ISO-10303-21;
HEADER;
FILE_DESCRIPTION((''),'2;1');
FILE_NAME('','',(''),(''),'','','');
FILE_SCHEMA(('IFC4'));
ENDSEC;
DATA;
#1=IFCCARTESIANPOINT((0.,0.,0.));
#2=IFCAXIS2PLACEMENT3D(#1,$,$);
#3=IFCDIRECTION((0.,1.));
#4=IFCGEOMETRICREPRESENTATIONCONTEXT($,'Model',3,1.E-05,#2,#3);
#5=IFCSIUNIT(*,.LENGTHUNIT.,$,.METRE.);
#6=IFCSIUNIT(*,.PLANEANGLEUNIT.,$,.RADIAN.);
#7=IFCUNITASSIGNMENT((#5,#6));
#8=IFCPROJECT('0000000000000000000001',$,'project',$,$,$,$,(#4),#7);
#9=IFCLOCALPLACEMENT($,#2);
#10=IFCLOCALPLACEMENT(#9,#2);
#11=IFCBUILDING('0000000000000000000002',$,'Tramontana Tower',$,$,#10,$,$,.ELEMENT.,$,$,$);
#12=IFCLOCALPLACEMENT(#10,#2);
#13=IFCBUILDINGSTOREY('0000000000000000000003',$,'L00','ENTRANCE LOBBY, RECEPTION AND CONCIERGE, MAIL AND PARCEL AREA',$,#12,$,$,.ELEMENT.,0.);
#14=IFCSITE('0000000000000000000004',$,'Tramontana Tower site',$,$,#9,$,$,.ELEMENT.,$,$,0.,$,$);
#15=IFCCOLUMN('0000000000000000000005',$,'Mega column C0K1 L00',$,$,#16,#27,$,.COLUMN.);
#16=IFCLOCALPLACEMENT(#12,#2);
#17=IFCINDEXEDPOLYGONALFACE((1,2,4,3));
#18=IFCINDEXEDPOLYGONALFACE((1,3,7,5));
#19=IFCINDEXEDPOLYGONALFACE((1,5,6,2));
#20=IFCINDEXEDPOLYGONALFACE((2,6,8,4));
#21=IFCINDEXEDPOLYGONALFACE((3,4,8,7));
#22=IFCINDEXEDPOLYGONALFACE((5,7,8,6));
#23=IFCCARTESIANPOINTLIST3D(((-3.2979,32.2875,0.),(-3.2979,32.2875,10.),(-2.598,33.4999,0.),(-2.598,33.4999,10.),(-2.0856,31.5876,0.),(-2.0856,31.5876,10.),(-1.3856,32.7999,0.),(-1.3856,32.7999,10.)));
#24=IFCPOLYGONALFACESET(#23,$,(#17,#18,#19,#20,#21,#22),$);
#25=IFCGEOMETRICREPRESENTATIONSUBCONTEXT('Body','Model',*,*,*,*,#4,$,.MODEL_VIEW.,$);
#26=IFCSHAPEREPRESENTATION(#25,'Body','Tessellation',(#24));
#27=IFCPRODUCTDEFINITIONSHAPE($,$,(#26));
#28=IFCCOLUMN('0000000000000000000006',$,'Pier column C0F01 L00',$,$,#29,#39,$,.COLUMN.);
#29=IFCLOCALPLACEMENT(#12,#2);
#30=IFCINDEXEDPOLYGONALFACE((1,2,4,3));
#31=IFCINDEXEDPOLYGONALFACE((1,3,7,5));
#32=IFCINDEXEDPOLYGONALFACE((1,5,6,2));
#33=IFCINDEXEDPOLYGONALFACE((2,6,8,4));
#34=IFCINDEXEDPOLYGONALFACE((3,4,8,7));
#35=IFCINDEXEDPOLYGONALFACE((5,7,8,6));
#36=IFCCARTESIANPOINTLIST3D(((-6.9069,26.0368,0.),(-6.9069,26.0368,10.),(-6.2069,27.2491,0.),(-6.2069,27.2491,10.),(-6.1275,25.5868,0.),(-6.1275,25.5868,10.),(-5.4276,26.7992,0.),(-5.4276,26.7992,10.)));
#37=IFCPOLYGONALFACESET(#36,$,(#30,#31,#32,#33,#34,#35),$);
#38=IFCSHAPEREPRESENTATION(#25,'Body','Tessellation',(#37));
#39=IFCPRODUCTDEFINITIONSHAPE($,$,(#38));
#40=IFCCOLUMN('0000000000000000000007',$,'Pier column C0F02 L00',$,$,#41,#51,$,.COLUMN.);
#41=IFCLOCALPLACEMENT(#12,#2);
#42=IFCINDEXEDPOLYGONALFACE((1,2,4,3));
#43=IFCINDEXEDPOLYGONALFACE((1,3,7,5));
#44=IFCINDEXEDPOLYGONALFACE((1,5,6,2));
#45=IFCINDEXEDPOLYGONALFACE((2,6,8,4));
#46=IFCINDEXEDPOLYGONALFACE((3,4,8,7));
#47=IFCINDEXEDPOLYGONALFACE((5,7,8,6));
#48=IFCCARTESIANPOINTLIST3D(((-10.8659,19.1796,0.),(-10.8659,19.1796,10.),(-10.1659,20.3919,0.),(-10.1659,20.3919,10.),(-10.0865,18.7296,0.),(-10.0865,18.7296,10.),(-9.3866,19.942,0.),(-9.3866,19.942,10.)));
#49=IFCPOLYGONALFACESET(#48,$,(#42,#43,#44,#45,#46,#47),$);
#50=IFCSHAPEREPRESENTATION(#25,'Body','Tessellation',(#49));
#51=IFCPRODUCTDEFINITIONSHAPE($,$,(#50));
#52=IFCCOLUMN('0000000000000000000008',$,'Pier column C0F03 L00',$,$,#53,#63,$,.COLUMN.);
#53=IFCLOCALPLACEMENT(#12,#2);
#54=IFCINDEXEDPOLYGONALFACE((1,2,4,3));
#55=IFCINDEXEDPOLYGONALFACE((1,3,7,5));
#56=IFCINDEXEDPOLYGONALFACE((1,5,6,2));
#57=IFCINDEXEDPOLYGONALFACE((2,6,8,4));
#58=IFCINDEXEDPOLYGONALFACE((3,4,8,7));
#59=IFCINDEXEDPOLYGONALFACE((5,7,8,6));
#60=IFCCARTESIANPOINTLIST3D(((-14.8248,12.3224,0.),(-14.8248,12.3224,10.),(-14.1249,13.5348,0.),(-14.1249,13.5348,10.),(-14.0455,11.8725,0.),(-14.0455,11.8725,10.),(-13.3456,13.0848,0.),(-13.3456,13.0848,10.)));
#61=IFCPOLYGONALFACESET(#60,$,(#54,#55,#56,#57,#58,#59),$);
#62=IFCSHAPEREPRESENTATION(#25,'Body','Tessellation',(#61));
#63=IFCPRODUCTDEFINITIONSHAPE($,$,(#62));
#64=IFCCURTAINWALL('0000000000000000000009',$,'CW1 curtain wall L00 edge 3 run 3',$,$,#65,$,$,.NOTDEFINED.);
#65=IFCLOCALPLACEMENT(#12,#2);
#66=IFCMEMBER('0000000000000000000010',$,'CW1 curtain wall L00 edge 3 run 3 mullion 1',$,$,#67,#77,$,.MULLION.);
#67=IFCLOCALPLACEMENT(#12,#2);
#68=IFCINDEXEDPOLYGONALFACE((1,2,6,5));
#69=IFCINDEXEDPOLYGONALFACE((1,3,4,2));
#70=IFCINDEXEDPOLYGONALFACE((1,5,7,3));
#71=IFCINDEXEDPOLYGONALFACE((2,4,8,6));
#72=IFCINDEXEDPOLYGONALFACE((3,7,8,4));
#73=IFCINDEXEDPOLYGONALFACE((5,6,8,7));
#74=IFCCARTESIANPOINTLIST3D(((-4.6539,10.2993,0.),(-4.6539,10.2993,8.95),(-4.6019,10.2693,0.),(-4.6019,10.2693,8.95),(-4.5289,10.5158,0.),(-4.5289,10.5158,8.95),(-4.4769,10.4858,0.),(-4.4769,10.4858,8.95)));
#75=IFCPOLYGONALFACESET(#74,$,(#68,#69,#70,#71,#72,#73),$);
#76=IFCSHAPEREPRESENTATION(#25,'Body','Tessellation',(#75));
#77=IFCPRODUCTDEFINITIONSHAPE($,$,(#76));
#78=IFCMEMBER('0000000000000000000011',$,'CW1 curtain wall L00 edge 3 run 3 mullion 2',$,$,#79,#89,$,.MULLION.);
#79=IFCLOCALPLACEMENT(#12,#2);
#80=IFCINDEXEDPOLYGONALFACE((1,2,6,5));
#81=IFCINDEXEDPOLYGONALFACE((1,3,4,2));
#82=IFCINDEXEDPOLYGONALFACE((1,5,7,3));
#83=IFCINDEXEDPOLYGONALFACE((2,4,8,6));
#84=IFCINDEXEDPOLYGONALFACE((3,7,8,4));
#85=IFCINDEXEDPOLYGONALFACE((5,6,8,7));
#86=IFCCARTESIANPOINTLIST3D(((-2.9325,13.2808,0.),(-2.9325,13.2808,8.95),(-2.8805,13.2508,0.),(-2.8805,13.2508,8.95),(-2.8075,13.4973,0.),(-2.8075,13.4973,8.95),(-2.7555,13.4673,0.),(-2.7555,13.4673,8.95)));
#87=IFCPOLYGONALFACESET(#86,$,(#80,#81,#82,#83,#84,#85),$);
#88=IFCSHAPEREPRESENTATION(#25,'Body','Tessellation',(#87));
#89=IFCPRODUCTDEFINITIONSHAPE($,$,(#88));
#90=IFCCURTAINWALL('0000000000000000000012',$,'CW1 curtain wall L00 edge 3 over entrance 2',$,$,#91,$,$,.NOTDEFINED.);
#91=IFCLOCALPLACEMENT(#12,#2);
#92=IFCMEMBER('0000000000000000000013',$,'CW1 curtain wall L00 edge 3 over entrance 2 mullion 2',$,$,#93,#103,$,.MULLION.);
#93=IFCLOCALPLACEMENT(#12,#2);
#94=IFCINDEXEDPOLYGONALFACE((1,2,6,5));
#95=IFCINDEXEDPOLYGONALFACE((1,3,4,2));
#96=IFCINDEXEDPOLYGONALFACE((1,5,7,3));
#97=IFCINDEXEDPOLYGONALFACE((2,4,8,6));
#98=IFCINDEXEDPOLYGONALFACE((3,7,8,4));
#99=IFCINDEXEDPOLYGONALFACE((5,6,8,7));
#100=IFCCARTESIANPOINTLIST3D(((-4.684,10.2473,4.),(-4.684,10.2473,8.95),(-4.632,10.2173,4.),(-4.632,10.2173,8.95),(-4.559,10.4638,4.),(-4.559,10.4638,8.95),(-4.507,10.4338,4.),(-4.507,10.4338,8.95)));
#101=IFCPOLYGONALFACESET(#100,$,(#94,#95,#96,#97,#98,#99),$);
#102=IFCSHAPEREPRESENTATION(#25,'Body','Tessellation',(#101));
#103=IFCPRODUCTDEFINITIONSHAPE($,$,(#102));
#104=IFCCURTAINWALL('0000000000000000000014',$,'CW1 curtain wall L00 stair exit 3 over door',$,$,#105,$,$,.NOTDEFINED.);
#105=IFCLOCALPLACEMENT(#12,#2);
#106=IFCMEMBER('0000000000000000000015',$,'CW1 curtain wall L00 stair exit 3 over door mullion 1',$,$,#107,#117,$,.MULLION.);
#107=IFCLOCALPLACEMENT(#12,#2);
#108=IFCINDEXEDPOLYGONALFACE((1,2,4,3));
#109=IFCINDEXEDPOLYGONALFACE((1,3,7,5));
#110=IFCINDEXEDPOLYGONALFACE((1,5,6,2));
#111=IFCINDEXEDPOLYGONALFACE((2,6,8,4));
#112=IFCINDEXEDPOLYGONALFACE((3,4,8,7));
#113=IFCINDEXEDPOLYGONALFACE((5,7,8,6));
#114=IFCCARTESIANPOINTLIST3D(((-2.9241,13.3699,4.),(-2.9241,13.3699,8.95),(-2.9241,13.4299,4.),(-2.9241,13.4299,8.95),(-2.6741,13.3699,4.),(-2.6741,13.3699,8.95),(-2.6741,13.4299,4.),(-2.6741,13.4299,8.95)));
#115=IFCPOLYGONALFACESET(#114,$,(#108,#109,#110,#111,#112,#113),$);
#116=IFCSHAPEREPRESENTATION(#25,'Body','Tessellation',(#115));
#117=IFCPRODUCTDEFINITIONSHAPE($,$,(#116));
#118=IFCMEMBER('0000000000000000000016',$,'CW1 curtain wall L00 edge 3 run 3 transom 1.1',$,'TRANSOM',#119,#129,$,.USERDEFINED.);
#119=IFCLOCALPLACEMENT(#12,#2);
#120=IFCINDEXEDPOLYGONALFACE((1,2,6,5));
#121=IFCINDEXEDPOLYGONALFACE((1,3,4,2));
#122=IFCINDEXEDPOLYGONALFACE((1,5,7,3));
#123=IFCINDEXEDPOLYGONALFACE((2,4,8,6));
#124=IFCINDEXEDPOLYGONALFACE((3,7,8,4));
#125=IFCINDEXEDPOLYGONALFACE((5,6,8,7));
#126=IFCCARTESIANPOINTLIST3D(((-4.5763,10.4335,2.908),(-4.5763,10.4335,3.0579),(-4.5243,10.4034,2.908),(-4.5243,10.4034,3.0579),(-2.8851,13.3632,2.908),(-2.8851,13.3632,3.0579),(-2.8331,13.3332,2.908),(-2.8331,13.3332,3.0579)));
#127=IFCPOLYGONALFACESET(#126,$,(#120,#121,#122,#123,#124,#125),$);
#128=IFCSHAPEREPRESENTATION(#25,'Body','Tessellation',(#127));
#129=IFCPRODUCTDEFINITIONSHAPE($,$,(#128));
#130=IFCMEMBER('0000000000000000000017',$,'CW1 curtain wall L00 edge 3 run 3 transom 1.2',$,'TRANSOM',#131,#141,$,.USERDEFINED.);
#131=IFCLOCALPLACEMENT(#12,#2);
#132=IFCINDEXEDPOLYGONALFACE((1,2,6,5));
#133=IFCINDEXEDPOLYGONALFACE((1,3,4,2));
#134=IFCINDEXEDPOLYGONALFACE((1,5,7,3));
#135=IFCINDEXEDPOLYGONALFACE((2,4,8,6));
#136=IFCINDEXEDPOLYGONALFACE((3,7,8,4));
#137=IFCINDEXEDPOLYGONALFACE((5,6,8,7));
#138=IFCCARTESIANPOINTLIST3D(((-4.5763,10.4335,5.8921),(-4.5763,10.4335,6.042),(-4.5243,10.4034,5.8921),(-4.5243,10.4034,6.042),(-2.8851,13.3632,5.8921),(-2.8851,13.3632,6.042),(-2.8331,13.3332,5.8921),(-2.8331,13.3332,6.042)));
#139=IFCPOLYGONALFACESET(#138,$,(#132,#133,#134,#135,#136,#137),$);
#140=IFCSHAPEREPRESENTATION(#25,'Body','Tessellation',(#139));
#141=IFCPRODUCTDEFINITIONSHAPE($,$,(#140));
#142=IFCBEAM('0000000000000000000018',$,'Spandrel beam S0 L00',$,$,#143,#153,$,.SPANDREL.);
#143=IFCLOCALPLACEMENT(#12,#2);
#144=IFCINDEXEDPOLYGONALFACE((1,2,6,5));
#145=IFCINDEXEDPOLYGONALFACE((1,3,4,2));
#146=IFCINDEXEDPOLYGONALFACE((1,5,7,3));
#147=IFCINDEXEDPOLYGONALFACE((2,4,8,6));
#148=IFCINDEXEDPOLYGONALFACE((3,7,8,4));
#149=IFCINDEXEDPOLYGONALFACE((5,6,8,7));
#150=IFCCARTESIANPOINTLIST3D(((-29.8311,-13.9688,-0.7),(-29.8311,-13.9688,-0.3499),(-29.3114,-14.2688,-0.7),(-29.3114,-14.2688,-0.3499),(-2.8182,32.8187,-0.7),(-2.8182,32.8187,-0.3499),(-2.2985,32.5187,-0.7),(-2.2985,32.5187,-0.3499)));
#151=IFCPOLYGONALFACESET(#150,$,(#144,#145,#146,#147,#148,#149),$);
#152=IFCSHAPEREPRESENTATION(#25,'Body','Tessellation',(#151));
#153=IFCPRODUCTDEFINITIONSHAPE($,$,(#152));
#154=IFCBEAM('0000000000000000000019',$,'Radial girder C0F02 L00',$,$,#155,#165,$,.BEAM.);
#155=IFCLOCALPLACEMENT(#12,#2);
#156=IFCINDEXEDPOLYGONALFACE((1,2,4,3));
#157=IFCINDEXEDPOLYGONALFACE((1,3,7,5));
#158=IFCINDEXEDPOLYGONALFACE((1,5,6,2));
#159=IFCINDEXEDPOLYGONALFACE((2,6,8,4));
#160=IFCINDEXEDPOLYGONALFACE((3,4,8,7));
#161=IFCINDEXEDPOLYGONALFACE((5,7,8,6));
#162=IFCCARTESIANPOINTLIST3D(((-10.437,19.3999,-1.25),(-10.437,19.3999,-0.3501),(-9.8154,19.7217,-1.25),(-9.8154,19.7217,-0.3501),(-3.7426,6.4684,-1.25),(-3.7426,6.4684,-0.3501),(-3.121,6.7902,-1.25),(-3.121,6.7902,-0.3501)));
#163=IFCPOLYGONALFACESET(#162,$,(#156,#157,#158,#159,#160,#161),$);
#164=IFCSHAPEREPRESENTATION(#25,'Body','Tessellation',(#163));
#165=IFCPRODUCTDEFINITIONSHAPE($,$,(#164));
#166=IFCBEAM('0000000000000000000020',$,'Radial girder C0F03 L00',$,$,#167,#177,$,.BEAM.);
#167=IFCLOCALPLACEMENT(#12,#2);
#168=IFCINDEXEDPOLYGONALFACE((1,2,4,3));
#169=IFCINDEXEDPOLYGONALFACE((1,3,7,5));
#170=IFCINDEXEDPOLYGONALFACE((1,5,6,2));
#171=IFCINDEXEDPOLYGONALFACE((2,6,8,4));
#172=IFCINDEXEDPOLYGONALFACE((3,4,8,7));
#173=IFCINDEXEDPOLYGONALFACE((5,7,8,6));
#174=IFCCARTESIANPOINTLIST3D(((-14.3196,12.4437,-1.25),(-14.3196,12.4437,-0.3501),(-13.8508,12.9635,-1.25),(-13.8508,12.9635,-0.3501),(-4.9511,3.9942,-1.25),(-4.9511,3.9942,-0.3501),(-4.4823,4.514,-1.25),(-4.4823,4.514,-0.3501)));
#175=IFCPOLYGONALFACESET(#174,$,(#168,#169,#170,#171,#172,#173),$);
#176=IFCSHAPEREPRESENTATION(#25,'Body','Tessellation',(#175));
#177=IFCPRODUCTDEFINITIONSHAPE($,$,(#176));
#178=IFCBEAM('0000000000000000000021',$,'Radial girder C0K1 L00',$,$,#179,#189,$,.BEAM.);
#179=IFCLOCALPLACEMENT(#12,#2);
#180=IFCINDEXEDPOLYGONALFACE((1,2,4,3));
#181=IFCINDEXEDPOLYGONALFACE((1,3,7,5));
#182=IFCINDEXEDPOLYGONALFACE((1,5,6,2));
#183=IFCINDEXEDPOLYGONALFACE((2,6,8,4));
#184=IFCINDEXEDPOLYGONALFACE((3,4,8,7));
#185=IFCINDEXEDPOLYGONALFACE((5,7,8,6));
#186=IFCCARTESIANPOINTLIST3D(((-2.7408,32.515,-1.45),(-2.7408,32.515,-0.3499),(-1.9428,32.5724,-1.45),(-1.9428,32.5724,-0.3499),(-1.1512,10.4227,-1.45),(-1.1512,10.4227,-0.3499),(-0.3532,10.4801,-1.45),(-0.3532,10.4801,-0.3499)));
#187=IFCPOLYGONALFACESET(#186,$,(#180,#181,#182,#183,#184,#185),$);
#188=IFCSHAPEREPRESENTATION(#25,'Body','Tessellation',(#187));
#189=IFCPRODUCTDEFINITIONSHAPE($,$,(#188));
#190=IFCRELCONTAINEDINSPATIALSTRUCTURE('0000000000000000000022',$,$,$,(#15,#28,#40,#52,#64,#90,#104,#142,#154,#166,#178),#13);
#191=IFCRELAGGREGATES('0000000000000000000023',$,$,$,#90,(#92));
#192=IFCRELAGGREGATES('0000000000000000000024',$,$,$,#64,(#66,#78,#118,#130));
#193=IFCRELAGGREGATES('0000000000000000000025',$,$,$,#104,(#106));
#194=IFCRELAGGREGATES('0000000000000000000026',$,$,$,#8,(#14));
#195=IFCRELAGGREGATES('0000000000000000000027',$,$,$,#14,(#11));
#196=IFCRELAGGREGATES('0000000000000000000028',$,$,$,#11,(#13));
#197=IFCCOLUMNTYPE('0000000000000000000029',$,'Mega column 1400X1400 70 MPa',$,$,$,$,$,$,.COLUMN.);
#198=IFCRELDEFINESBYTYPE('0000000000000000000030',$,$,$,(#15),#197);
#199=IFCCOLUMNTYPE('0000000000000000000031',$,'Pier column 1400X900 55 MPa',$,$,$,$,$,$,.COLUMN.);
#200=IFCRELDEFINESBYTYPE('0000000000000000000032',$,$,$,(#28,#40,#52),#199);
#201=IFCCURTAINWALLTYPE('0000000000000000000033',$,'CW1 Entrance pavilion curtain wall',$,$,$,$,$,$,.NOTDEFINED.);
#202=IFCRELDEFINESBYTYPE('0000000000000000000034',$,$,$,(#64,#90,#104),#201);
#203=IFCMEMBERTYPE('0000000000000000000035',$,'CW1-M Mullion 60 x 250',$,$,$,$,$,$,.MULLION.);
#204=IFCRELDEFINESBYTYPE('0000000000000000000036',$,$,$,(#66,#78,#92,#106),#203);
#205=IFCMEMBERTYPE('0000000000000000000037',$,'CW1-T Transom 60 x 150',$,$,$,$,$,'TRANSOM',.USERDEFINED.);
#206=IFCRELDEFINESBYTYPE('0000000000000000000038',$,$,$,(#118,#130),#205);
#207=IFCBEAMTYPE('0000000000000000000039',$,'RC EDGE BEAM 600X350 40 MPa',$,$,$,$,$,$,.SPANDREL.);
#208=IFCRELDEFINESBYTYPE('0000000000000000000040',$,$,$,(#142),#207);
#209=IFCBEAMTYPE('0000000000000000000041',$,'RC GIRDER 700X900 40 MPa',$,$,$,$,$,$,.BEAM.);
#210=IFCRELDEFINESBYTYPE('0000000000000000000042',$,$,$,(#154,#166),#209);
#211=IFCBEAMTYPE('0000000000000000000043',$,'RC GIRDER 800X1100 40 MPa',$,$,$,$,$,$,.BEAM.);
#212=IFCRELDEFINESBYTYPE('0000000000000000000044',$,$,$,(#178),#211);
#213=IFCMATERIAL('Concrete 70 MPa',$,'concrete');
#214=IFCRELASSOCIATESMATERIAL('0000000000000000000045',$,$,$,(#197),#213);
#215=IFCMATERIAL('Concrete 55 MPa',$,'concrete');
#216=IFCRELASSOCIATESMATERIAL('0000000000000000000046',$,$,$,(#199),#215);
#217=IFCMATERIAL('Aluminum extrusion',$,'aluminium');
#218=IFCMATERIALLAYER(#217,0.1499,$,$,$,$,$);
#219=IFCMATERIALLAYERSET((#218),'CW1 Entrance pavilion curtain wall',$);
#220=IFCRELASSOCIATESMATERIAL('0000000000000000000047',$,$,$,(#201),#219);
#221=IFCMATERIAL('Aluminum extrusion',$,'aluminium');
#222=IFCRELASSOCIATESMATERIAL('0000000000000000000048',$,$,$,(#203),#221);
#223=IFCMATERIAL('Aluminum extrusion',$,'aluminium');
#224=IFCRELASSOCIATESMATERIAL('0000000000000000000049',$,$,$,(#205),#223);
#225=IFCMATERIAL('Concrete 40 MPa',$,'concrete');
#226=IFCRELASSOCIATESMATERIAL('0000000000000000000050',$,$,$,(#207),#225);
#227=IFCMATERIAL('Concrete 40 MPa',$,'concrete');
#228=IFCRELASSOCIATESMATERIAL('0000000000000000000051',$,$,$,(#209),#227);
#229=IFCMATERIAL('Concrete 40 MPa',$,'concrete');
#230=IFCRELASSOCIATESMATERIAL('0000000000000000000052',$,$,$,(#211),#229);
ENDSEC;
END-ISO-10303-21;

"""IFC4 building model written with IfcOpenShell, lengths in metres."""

from ifc_helpers import new_model, si_unit, direction, frame, origin, origin_2d, place, context, subcontext, project, spatial, rectangle, extrude, material, layer, layer_set, material_profile, profile_set, type_object, element, aggregate, save


model = new_model("IFC4")

# Units and contexts
model_context = context("Model", 3, precision=1e-05, world=origin(), true_north=direction((0.0, 1.0)))
body_context = subcontext(model_context, "Body", "Model", "MODEL_VIEW")
ifc_project = project(units=[si_unit("LENGTHUNIT", "METRE"), si_unit("PLANEANGLEUNIT", "RADIAN")], contexts=[model_context])

# Site, building, storey
site_placement = place(None, origin())
site = spatial("IfcSite", under=ifc_project, at=site_placement, Name="Tramontana Tower site", CompositionType="ELEMENT", RefElevation=0.0)
building_placement = place(site_placement, origin())
building = spatial("IfcBuilding", under=site, at=building_placement, Name="Tramontana Tower", CompositionType="ELEMENT")
storey_placement = place(building_placement, origin())
storey = spatial("IfcBuildingStorey", under=building, at=storey_placement, Name="L00", Description="ENTRANCE LOBBY, RECEPTION AND CONCIERGE, MAIL AND PARCEL AREA", CompositionType="ELEMENT", Elevation=0.0)

# Columns
ifc_material_1 = material(Name="Concrete 70 MPa", Category="concrete")
ifc_material_profile_1 = material_profile(ifc_material_1, rectangle(XDim=1.3999, YDim=1.3999, at=origin_2d()), Name="Mega column 1400X1400 70 MPa")
ifc_profile_set_1 = profile_set([ifc_material_profile_1], Name="Concrete 70 MPa")
column_type_1 = type_object("IfcColumnType", Name="Mega column 1400X1400 70 MPa", PredefinedType="COLUMN", material=ifc_profile_set_1)
column_placement = place(storey_placement, frame((-2.3418, 32.5437, 0.0), z_axis=(0.0, 0.0, 1.0), x_axis=(-0.5, -0.866025, 0.0)))
element("IfcColumn", 1, at=column_placement, inside=storey, type_object=column_type_1, Name="Mega column C0K1 L00", PredefinedType="COLUMN", context=body_context, shape_type="SweptSolid", body=[
    extrude(rectangle(XDim=1.3999, YDim=1.3999, at=origin_2d()), origin(), (0.0, 0.0, 1.0), 10.0),
])
ifc_material_2 = material(Name="Concrete 55 MPa", Category="concrete")
ifc_material_profile_2 = material_profile(ifc_material_2, rectangle(XDim=1.3999, YDim=0.8999, at=origin_2d()), Name="Pier column 1400X900 55 MPa")
ifc_profile_set_2 = profile_set([ifc_material_profile_2], Name="Concrete 55 MPa")
column_type_2 = type_object("IfcColumnType", Name="Pier column 1400X900 55 MPa", PredefinedType="COLUMN", material=ifc_profile_set_2)
for number, where, z_axis, x_axis, name in (
    (2, (-6.1672, 26.418, 0.0), (0.0, 0.0, 1.0), (-0.5, -0.866025, 0.0), "Pier column C0F01 L00"),
    (3, (-10.1262, 19.5608, 0.0), (0.0, 0.0, 1.0), (-0.5, -0.866025, 0.0), "Pier column C0F02 L00"),
    (4, (-14.0852, 12.7036, 0.0), (0.0, 0.0, 1.0), (-0.5, -0.866025, 0.0), "Pier column C0F03 L00"),
):
    element("IfcColumn", number, at=place(storey_placement, frame(where, z_axis=z_axis, x_axis=x_axis)), inside=storey, type_object=column_type_2, Name=name, PredefinedType="COLUMN", context=body_context, shape_type="SweptSolid", body=[
        extrude(rectangle(XDim=1.3999, YDim=0.8999, at=origin_2d()), origin(), (0.0, 0.0, 1.0), 10.0),
    ])

# Curtain wall, members
ifc_material_3 = material(Name="Aluminum extrusion", Category="aluminium")
ifc_layer_1 = layer(ifc_material_3, 0.1499)
ifc_layer_set_1 = layer_set([ifc_layer_1], Name="CW1 Entrance pavilion curtain wall")
curtain_wall_type = type_object("IfcCurtainWallType", Name="CW1 Entrance pavilion curtain wall", PredefinedType="NOTDEFINED", material=ifc_layer_set_1)
curtain_wall_1_placement = place(storey_placement, origin())
curtain_wall_1 = element("IfcCurtainWall", 5, at=curtain_wall_1_placement, inside=storey, type_object=curtain_wall_type, Name="CW1 curtain wall L00 edge 3 run 3", PredefinedType="NOTDEFINED")
ifc_material_4 = material(Name="Aluminum extrusion", Category="aluminium")
ifc_material_profile_3 = material_profile(ifc_material_4, rectangle(XDim=0.0601, YDim=0.25, at=origin_2d()), Name="CW1-M Mullion 60 x 250")
ifc_profile_set_3 = profile_set([ifc_material_profile_3], Name="Aluminum extrusion")
member_type_1 = type_object("IfcMemberType", Name="CW1-M Mullion 60 x 250", PredefinedType="MULLION", material=ifc_profile_set_3)
member_1_placement = place(storey_placement, frame((-4.5654, 10.3926, 0.0), z_axis=(0.0, 0.0, 1.0), x_axis=(-0.866025, 0.5, 0.0)))
member_1 = element("IfcMember", 6, at=member_1_placement, type_object=member_type_1, Name="CW1 curtain wall L00 edge 3 run 3 mullion 1", PredefinedType="MULLION", context=body_context, shape_type="SweptSolid", body=[
    extrude(rectangle(XDim=0.0601, YDim=0.25, at=origin_2d()), origin(), (0.0, 0.0, 1.0), 8.95),
])
member_2_placement = place(storey_placement, frame((-2.844, 13.374, 0.0), z_axis=(0.0, 0.0, 1.0), x_axis=(-0.866025, 0.5, 0.0)))
member_2 = element("IfcMember", 7, at=member_2_placement, type_object=member_type_1, Name="CW1 curtain wall L00 edge 3 run 3 mullion 2", PredefinedType="MULLION", context=body_context, shape_type="SweptSolid", body=[
    extrude(rectangle(XDim=0.0601, YDim=0.25, at=origin_2d()), origin(), (0.0, 0.0, 1.0), 8.95),
])

# Curtain walls, members
curtain_wall_2_placement = place(storey_placement, origin())
curtain_wall_2 = element("IfcCurtainWall", 8, at=curtain_wall_2_placement, inside=storey, type_object=curtain_wall_type, Name="CW1 curtain wall L00 edge 3 over entrance 2", PredefinedType="NOTDEFINED")
member_3_placement = place(storey_placement, frame((-4.5955, 10.3406, 4.0), z_axis=(0.0, 0.0, 1.0), x_axis=(-0.866025, 0.5, 0.0)))
member_3 = element("IfcMember", 9, at=member_3_placement, type_object=member_type_1, Name="CW1 curtain wall L00 edge 3 over entrance 2 mullion 2", PredefinedType="MULLION", context=body_context, shape_type="SweptSolid", body=[
    extrude(rectangle(XDim=0.0601, YDim=0.25, at=origin_2d()), origin(), (0.0, 0.0, 1.0), 4.95),
])
aggregate(curtain_wall_2, [member_3])
curtain_wall_3_placement = place(storey_placement, origin())
curtain_wall_3 = element("IfcCurtainWall", 10, at=curtain_wall_3_placement, inside=storey, type_object=curtain_wall_type, Name="CW1 curtain wall L00 stair exit 3 over door", PredefinedType="NOTDEFINED")
member_4_placement = place(storey_placement, frame((-2.7991, 13.3999, 4.0), z_axis=(0.0, 0.0, 1.0), x_axis=(0.0, 1.0, 0.0)))
member_4 = element("IfcMember", 11, at=member_4_placement, type_object=member_type_1, Name="CW1 curtain wall L00 stair exit 3 over door mullion 1", PredefinedType="MULLION", context=body_context, shape_type="SweptSolid", body=[
    extrude(rectangle(XDim=0.0601, YDim=0.25, at=origin_2d()), origin(), (0.0, 0.0, 1.0), 4.95),
])

# Members
ifc_material_5 = material(Name="Aluminum extrusion", Category="aluminium")
ifc_material_profile_4 = material_profile(ifc_material_5, rectangle(XDim=0.0601, YDim=0.1499, at=origin_2d()), Name="CW1-T Transom 60 x 150")
ifc_profile_set_4 = profile_set([ifc_material_profile_4], Name="Aluminum extrusion")
member_type_2 = type_object("IfcMemberType", Name="CW1-T Transom 60 x 150", ElementType="TRANSOM", PredefinedType="USERDEFINED", material=ifc_profile_set_4)
member_5_placement = place(storey_placement, frame((-4.5503, 10.4185, 2.9829), z_axis=(0.499935, 0.866063, 0.0), x_axis=(-0.866063, 0.499935, 0.0)))
member_5 = element("IfcMember", 12, at=member_5_placement, type_object=member_type_2, Name="CW1 curtain wall L00 edge 3 run 3 transom 1.1", ObjectType="TRANSOM", PredefinedType="USERDEFINED", context=body_context, shape_type="SweptSolid", body=[
    extrude(rectangle(XDim=0.0601, YDim=0.1499, at=origin_2d()), origin(), (0.0, 0.0, 1.0), 3.3828),
])
member_6_placement = place(storey_placement, frame((-4.5503, 10.4185, 5.967), z_axis=(0.499935, 0.866063, 0.0), x_axis=(-0.866063, 0.499935, 0.0)))
member_6 = element("IfcMember", 13, at=member_6_placement, type_object=member_type_2, Name="CW1 curtain wall L00 edge 3 run 3 transom 1.2", ObjectType="TRANSOM", PredefinedType="USERDEFINED", context=body_context, shape_type="SweptSolid", body=[
    extrude(rectangle(XDim=0.0601, YDim=0.1499, at=origin_2d()), origin(), (0.0, 0.0, 1.0), 3.3828),
])

# Beams
ifc_material_6 = material(Name="Concrete 40 MPa", Category="concrete")
ifc_material_profile_5 = material_profile(ifc_material_6, rectangle(XDim=0.6001, YDim=0.3501, at=origin_2d()), Name="RC EDGE BEAM 600X350 40 MPa")
ifc_profile_set_5 = profile_set([ifc_material_profile_5], Name="Concrete 40 MPa")
beam_type_1 = type_object("IfcBeamType", Name="RC EDGE BEAM 600X350 40 MPa", PredefinedType="SPANDREL", material=ifc_profile_set_5)
beam_1_placement = place(storey_placement, frame((-2.5583, 32.6687, -0.5249), z_axis=(-0.500001, -0.866025, 0.0), x_axis=(0.866025, -0.500001, 0.0)))
element("IfcBeam", 14, at=beam_1_placement, inside=storey, type_object=beam_type_1, Name="Spandrel beam S0 L00", PredefinedType="SPANDREL", context=body_context, shape_type="SweptSolid", body=[
    extrude(rectangle(XDim=0.6001, YDim=0.3501, at=origin_2d()), origin(), (0.0, 0.0, 1.0), 54.0256),
])
ifc_material_7 = material(Name="Concrete 40 MPa", Category="concrete")
ifc_material_profile_6 = material_profile(ifc_material_7, rectangle(XDim=0.7, YDim=0.8999, at=origin_2d()), Name="RC GIRDER 700X900 40 MPa")
ifc_profile_set_6 = profile_set([ifc_material_profile_6], Name="Concrete 40 MPa")
beam_type_2 = type_object("IfcBeamType", Name="RC GIRDER 700X900 40 MPa", PredefinedType="BEAM", material=ifc_profile_set_6)
beam_2_placement = place(storey_placement, frame((-10.1262, 19.5608, -0.8), z_axis=(0.459731, -0.888058, 0.0), x_axis=(0.888058, 0.459731, 0.0)))
element("IfcBeam", 15, at=beam_2_placement, inside=storey, type_object=beam_type_2, Name="Radial girder C0F02 L00", PredefinedType="BEAM", context=body_context, shape_type="SweptSolid", body=[
    extrude(rectangle(XDim=0.7, YDim=0.8999, at=origin_2d()), origin(), (0.0, 0.0, 1.0), 14.5615),
])
beam_3_placement = place(storey_placement, frame((-14.0852, 12.7036, -0.8), z_axis=(0.742588, -0.669748, 0.0), x_axis=(0.669748, 0.742588, 0.0)))
element("IfcBeam", 16, at=beam_3_placement, inside=storey, type_object=beam_type_2, Name="Radial girder C0F03 L00", PredefinedType="BEAM", context=body_context, shape_type="SweptSolid", body=[
    extrude(rectangle(XDim=0.7, YDim=0.8999, at=origin_2d()), origin(), (0.0, 0.0, 1.0), 12.616),
])
ifc_material_8 = material(Name="Concrete 40 MPa", Category="concrete")
ifc_material_profile_7 = material_profile(ifc_material_8, rectangle(XDim=0.8, YDim=1.1001, at=origin_2d()), Name="RC GIRDER 800X1100 40 MPa")
ifc_profile_set_7 = profile_set([ifc_material_profile_7], Name="Concrete 40 MPa")
beam_type_3 = type_object("IfcBeamType", Name="RC GIRDER 800X1100 40 MPa", PredefinedType="BEAM", material=ifc_profile_set_7)
beam_4_placement = place(storey_placement, frame((-2.3418, 32.5437, -0.8999), z_axis=(0.071767, -0.997421, 0.0), x_axis=(0.997421, 0.071767, 0.0)))
element("IfcBeam", 17, at=beam_4_placement, inside=storey, type_object=beam_type_3, Name="Radial girder C0K1 L00", PredefinedType="BEAM", context=body_context, shape_type="SweptSolid", body=[
    extrude(rectangle(XDim=0.8, YDim=1.1001, at=origin_2d()), origin(), (0.0, 0.0, 1.0), 22.1494),
])

aggregate(curtain_wall_1, [member_1, member_2, member_5, member_6])
aggregate(curtain_wall_3, [member_4])

save(model, "model.ifc")
